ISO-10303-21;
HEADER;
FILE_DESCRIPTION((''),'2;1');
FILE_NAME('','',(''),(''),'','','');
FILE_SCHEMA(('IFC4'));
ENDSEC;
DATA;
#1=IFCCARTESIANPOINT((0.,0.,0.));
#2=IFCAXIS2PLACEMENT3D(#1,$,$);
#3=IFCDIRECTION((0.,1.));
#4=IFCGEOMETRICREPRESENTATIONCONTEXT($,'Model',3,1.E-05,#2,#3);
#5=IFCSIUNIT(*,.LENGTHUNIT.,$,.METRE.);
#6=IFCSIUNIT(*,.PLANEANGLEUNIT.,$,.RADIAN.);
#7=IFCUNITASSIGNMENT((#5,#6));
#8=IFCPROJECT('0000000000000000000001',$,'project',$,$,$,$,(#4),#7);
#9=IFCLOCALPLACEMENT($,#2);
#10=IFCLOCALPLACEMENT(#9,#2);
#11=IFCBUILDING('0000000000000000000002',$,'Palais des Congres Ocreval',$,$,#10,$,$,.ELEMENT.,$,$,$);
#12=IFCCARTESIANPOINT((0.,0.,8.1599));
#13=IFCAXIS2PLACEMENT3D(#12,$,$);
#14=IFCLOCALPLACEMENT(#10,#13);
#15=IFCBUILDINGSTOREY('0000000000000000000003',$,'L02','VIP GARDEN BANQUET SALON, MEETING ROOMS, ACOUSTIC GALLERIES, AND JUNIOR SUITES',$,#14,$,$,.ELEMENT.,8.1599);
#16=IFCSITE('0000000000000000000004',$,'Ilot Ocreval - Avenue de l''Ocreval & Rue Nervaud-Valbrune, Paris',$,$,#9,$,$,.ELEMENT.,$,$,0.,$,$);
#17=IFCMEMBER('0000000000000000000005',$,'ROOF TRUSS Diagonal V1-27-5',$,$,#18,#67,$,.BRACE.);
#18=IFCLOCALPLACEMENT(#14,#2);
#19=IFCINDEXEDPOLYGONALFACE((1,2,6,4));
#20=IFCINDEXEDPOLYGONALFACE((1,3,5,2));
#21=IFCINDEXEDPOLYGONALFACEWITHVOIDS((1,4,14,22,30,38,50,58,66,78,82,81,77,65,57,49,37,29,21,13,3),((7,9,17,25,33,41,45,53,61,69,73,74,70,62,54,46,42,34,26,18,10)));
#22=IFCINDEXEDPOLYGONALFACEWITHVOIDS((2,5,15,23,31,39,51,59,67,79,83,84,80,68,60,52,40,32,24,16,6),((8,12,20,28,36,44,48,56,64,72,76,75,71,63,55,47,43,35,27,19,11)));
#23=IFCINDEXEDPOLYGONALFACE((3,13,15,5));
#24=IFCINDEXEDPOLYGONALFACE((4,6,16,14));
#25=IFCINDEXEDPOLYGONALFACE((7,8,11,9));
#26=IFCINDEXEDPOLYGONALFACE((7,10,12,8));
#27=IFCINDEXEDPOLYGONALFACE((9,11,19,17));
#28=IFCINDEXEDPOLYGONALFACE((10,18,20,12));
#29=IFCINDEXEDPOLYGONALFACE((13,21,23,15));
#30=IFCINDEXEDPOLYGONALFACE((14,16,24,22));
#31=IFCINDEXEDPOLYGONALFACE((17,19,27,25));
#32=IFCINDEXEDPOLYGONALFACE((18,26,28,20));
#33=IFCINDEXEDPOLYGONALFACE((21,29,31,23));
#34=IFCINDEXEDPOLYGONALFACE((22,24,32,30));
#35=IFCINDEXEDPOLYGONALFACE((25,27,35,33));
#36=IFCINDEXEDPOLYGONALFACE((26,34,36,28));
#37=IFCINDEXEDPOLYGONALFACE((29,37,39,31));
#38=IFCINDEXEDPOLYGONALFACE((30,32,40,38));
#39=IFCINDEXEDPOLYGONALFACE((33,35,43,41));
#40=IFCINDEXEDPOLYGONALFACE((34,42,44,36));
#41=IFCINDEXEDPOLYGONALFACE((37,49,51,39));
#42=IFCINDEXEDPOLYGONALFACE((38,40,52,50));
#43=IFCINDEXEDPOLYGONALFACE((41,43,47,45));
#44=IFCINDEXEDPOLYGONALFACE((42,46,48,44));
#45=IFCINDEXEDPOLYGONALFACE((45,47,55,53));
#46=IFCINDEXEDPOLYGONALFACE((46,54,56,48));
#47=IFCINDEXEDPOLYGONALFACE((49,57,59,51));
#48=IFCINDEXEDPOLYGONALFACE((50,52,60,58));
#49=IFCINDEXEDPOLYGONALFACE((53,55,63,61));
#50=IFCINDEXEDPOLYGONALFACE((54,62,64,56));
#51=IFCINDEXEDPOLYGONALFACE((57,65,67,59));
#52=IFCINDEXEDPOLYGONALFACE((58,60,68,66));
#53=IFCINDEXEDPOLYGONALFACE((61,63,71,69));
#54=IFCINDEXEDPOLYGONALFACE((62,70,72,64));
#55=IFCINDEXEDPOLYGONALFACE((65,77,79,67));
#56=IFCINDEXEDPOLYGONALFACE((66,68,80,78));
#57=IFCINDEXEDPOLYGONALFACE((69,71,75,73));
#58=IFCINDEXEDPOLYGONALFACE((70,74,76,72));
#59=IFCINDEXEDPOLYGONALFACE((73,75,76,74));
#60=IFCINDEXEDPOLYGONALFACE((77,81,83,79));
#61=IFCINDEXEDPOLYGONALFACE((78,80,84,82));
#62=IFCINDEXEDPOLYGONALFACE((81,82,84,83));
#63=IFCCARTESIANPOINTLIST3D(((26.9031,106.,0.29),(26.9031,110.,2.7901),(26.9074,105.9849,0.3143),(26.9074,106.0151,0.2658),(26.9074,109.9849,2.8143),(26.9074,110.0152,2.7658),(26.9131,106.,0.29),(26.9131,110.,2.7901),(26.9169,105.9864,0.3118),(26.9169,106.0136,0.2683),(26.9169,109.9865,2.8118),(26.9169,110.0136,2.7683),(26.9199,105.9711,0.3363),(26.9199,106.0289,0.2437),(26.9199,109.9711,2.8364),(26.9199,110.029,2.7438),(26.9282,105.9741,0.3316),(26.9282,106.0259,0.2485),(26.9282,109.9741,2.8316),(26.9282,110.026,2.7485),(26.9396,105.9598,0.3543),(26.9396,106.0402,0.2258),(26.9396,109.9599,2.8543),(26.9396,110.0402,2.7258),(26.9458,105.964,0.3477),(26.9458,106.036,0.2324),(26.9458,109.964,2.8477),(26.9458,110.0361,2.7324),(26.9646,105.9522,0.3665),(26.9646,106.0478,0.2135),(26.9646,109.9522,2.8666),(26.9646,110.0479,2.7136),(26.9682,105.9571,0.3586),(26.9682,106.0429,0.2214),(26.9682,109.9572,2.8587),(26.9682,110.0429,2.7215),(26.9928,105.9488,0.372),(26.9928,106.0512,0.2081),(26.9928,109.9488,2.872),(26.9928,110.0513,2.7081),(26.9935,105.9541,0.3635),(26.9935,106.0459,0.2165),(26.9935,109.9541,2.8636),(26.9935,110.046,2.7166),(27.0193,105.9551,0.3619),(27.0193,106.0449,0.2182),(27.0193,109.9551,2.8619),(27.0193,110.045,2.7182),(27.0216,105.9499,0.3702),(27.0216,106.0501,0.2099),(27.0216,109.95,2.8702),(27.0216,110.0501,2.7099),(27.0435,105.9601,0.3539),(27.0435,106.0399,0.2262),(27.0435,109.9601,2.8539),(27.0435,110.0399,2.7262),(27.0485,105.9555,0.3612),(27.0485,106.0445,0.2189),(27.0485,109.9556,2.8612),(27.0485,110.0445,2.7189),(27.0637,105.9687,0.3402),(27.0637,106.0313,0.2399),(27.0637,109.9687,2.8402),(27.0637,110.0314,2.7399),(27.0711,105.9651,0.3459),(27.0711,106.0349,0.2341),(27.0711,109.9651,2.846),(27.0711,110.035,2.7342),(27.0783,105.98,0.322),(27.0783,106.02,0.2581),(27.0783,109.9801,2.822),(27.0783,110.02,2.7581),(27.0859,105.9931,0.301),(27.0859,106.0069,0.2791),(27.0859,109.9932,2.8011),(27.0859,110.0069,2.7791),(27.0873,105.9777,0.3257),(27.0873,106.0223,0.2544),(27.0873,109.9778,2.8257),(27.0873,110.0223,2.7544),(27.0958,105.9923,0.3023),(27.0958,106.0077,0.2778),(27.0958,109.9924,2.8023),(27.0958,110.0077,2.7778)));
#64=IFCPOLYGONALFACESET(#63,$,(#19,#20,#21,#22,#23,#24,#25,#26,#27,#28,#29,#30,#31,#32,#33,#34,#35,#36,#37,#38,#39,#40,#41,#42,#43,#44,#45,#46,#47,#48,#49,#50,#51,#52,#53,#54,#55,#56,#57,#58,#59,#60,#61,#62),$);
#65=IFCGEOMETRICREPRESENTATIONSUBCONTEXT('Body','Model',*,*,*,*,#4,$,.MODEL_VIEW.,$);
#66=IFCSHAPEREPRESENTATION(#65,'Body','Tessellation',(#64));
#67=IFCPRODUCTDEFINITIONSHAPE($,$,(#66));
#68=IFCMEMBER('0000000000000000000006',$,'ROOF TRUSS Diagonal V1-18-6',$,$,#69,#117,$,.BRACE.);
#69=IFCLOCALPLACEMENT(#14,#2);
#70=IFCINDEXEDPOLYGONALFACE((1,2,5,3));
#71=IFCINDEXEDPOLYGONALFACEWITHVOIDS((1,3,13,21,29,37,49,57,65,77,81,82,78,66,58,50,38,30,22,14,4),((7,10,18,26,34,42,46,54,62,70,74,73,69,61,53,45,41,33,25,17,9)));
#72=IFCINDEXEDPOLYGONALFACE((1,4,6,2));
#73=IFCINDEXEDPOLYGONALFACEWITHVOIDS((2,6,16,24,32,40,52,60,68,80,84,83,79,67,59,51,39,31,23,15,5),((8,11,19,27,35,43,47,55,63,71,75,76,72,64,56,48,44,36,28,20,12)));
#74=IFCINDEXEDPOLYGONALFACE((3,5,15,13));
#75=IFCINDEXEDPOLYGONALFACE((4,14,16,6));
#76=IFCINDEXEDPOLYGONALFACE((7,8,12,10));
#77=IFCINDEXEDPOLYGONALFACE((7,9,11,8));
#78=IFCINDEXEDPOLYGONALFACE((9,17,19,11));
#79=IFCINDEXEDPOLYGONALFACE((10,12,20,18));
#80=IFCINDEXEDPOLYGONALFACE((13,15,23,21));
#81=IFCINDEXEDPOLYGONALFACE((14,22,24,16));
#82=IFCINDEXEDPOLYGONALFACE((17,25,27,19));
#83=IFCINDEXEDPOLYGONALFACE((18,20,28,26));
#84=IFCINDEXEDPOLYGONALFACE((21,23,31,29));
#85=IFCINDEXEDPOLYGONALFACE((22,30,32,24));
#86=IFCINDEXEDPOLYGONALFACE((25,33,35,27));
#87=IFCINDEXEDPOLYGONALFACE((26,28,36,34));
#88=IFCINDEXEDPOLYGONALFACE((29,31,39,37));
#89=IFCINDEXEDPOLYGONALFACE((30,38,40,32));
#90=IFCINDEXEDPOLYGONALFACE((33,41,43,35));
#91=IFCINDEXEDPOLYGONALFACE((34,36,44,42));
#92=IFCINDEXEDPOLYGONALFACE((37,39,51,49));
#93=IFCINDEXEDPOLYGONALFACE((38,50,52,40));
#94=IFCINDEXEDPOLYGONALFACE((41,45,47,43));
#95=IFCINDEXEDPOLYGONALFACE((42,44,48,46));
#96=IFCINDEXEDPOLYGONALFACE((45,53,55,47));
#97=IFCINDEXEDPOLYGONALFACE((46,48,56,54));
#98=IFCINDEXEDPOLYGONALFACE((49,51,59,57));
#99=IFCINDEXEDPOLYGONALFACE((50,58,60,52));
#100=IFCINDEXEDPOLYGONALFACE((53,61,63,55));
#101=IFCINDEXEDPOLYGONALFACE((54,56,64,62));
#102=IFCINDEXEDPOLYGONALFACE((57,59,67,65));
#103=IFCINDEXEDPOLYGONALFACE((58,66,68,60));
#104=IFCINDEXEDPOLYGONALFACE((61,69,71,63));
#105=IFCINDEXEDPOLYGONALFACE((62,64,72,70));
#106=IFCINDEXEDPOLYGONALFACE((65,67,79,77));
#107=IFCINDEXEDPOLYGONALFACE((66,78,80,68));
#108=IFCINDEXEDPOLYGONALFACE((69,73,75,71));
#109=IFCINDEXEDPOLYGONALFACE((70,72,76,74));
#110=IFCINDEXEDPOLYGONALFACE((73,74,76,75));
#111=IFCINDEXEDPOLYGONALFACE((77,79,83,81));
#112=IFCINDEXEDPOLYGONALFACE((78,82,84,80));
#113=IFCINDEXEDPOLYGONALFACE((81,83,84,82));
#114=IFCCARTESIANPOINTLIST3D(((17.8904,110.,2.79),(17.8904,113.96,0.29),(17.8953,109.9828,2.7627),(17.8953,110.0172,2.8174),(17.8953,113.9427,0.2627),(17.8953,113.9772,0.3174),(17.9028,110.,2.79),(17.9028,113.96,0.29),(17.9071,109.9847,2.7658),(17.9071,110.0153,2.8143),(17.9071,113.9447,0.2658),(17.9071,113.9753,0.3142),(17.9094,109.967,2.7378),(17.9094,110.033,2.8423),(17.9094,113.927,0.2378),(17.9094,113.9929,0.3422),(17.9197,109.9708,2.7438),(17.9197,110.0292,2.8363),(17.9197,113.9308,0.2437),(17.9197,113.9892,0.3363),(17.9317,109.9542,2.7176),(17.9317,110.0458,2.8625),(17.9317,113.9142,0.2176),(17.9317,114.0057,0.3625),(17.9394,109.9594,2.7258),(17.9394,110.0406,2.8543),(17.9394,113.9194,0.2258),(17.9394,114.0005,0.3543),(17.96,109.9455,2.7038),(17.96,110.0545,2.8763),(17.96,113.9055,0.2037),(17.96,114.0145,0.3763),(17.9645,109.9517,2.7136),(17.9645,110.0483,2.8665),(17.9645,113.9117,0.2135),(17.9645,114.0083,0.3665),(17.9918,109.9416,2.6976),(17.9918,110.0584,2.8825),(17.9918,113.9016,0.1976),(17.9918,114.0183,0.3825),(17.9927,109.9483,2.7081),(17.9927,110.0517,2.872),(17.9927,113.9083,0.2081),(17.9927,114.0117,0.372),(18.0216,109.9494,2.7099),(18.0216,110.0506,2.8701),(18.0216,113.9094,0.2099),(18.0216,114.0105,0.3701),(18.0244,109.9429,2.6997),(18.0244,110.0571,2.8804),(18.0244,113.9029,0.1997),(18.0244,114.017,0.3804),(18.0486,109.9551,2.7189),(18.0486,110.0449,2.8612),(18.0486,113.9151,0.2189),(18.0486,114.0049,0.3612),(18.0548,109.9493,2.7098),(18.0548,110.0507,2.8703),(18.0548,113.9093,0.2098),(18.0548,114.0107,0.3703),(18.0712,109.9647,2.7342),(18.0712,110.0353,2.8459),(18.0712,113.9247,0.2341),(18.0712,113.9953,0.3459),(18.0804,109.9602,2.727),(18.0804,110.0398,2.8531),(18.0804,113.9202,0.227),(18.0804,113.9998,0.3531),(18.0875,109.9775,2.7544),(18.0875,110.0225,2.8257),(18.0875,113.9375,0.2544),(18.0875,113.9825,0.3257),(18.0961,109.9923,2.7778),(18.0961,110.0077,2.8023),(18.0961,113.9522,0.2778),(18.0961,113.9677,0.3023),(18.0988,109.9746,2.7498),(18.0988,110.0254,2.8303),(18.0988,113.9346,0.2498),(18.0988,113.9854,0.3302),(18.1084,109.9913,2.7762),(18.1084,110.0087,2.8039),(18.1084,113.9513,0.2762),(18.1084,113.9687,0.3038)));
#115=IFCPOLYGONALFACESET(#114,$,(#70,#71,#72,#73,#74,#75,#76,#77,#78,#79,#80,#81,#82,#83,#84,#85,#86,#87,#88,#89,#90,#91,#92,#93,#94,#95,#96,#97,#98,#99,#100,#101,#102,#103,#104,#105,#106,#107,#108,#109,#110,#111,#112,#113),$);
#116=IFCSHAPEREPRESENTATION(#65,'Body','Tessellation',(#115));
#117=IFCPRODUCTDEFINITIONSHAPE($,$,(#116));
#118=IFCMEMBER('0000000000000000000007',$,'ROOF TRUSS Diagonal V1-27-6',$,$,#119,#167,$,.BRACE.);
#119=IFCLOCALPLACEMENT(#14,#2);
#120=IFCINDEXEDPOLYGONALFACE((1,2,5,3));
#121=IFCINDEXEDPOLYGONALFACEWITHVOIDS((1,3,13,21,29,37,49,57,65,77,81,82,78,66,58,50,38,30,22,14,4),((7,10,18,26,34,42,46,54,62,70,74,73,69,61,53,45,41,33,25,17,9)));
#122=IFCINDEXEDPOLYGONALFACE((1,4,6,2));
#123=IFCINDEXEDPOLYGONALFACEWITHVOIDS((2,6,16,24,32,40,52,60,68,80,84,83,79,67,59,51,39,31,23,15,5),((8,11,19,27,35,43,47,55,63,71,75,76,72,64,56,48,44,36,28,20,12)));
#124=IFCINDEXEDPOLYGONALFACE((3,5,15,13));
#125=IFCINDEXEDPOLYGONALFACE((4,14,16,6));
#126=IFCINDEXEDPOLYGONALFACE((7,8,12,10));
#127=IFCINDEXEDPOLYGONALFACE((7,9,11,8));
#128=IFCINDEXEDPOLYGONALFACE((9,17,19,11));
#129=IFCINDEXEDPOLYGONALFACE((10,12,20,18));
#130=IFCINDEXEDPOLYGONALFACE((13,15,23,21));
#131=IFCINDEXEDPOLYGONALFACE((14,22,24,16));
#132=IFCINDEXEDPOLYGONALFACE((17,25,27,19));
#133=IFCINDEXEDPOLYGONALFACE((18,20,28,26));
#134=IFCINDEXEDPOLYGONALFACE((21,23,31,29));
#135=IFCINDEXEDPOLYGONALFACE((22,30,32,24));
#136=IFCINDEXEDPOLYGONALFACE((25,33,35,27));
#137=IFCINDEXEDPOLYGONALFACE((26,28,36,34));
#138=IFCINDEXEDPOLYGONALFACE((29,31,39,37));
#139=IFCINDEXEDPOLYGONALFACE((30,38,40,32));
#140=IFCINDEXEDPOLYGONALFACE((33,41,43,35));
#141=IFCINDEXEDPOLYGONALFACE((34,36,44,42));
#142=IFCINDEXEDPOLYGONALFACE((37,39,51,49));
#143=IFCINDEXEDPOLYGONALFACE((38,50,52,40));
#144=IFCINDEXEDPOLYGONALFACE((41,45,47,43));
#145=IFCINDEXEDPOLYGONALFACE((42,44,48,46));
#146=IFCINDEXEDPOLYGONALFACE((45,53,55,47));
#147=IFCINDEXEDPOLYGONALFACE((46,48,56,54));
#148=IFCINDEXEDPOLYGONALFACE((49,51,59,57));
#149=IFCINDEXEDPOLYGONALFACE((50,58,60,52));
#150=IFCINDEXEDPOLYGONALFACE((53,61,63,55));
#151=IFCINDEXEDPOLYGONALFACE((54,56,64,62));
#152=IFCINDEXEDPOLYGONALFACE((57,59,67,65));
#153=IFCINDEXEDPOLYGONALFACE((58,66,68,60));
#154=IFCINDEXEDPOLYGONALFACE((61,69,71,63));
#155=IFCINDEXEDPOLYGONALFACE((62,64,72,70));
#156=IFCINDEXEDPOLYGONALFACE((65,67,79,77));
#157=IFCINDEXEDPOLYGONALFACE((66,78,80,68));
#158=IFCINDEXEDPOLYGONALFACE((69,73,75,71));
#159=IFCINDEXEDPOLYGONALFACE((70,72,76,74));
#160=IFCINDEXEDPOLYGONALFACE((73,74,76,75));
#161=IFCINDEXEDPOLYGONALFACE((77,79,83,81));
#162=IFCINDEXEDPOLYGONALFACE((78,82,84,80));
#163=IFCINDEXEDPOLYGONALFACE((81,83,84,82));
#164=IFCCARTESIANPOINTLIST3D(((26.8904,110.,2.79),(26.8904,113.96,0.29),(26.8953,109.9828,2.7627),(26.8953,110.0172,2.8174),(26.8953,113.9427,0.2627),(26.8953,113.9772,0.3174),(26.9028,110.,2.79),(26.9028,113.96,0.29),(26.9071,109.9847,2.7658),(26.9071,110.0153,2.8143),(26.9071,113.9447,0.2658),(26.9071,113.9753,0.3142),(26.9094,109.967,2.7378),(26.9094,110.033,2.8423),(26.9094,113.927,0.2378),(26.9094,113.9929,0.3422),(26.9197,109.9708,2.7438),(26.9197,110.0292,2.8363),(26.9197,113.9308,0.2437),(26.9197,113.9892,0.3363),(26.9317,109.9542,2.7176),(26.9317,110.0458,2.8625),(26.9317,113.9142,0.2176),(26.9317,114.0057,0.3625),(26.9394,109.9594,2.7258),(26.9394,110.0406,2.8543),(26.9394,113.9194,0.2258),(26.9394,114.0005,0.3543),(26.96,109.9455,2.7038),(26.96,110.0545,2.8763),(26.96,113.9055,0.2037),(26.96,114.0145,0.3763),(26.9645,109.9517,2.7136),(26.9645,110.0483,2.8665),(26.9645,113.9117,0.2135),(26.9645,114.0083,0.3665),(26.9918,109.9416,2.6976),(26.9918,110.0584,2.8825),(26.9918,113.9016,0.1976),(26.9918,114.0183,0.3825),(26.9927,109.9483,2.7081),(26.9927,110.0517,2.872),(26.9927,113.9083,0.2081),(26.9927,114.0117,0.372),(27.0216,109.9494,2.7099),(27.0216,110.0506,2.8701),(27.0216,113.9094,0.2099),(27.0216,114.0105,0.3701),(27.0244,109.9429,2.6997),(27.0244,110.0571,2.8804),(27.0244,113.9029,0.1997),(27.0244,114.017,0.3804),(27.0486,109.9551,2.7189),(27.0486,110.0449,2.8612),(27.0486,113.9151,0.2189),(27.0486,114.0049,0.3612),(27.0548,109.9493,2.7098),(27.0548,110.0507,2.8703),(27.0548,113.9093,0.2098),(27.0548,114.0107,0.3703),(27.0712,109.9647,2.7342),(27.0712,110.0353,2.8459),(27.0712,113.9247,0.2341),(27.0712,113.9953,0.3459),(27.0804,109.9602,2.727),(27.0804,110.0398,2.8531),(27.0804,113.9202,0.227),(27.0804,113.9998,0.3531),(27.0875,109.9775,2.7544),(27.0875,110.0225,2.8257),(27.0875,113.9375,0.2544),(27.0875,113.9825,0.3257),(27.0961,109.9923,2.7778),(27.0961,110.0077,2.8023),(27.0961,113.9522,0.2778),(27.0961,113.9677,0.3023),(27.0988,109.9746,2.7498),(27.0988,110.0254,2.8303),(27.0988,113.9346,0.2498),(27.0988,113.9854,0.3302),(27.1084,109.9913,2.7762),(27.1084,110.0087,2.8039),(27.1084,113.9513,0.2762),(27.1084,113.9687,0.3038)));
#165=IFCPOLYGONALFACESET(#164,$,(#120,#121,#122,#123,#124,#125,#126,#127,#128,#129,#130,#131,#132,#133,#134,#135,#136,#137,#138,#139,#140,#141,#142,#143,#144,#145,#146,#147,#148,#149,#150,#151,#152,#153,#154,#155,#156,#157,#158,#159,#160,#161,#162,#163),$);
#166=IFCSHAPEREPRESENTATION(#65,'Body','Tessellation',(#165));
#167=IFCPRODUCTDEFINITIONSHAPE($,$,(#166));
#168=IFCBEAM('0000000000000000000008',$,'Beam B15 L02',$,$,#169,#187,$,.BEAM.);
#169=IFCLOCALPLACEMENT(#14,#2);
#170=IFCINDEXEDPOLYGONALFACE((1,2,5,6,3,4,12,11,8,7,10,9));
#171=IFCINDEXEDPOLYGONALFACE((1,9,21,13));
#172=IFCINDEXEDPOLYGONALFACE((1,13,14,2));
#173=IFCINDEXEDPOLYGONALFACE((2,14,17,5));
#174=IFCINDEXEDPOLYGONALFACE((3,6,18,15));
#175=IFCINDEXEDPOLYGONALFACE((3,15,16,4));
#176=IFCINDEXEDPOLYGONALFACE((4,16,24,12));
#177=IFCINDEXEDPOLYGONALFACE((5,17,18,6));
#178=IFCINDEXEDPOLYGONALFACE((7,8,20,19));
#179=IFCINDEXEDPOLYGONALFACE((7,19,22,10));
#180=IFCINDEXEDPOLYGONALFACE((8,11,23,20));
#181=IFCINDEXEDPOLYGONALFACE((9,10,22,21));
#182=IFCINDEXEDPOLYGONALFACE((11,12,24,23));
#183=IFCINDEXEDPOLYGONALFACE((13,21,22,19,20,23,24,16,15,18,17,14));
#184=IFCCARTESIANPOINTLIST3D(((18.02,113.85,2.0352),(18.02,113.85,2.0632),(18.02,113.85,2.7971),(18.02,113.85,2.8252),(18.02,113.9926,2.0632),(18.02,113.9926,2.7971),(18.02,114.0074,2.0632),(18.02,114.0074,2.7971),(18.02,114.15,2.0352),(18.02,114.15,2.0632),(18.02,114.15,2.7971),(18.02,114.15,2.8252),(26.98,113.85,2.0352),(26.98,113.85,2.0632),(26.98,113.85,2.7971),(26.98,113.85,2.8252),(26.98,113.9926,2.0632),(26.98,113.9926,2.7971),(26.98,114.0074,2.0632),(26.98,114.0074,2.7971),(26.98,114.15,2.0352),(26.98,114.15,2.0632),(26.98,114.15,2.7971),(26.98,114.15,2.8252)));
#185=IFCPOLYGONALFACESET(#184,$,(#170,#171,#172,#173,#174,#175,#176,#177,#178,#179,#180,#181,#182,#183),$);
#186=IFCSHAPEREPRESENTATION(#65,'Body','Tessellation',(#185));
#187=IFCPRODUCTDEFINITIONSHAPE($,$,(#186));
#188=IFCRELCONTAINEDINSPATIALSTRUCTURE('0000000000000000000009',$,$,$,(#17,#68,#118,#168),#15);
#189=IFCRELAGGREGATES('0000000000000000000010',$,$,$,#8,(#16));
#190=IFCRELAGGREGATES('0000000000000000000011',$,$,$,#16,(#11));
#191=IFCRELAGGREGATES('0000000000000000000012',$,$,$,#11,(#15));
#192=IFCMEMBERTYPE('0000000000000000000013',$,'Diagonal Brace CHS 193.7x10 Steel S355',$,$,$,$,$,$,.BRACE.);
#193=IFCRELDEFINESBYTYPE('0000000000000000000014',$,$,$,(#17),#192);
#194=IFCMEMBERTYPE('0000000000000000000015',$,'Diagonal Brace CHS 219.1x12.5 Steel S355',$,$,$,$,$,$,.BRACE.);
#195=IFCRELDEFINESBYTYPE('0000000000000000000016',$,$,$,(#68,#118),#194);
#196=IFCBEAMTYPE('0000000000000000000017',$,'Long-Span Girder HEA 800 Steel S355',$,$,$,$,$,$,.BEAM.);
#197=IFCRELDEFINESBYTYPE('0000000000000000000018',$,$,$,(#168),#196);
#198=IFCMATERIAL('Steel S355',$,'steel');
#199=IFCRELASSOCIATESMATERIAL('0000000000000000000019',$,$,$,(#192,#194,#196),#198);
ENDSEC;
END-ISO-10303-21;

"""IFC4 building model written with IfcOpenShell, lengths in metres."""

from ifc_helpers import new_model, si_unit, direction, frame, origin, origin_2d, place, context, subcontext, project, spatial, hollow_circle, i_section, extrude, material, material_profile, profile_set, type_object, element, save


model = new_model("IFC4")

# Units and contexts
model_context = context("Model", 3, precision=1e-05, world=origin(), true_north=direction((0.0, 1.0)))
body_context = subcontext(model_context, "Body", "Model", "MODEL_VIEW")
ifc_project = project(units=[si_unit("LENGTHUNIT", "METRE"), si_unit("PLANEANGLEUNIT", "RADIAN")], contexts=[model_context])

# Site, building, storey
site_placement = place(None, origin())
site = spatial("IfcSite", under=ifc_project, at=site_placement, Name="Ilot Ocreval - Avenue de l'Ocreval & Rue Nervaud-Valbrune, Paris", CompositionType="ELEMENT", RefElevation=0.0)
building_placement = place(site_placement, origin())
building = spatial("IfcBuilding", under=site, at=building_placement, Name="Palais des Congres Ocreval", CompositionType="ELEMENT")
storey_placement = place(building_placement, frame((0.0, 0.0, 8.1599)))
storey = spatial("IfcBuildingStorey", under=building, at=storey_placement, Name="L02", Description="VIP GARDEN BANQUET SALON, MEETING ROOMS, ACOUSTIC GALLERIES, AND JUNIOR SUITES", CompositionType="ELEMENT", Elevation=8.1599)

# Shared definitions
ifc_material_1 = material(Name="Steel S355", Category="steel")

# Members
ifc_material_profile_1 = material_profile(ifc_material_1, hollow_circle(Radius=0.0969, WallThickness=0.01, at=origin_2d()), Name="CHS 193.7x10")
ifc_profile_set_1 = profile_set([ifc_material_profile_1], Name="Steel S355")
member_type_1 = type_object("IfcMemberType", Name="Diagonal Brace CHS 193.7x10 Steel S355", PredefinedType="BRACE", material=ifc_profile_set_1)
for number, where, z_axis, x_axis, name in (
    (1, (27.0, 106.0, 0.29), (0.0, 0.847998, 0.529999), (-1.0, 0.0, 0.0), "ROOF TRUSS Diagonal V1-27-5"),
):
    element("IfcMember", number, at=place(storey_placement, frame(where, z_axis=z_axis, x_axis=x_axis)), inside=storey, type_object=member_type_1, Name=name, PredefinedType="BRACE", context=body_context, shape_type="SweptSolid", body=[
        extrude(hollow_circle(Radius=0.0969, WallThickness=0.01, at=origin_2d()), origin(), (0.0, 0.0, 1.0), 4.717),
    ])
ifc_material_profile_2 = material_profile(ifc_material_1, hollow_circle(Radius=0.1096, WallThickness=0.0125, at=origin_2d()), Name="CHS 219.1x12.5")
ifc_profile_set_2 = profile_set([ifc_material_profile_2], Name="Steel S355")
member_type_2 = type_object("IfcMemberType", Name="Diagonal Brace CHS 219.1x12.5 Steel S355", PredefinedType="BRACE", material=ifc_profile_set_2)
for number, where, z_axis, x_axis, name in (
    (2, (18.0, 110.0, 2.79), (0.0, 0.845588, -0.533836), (-1.0, 0.0, 0.0), "ROOF TRUSS Diagonal V1-18-6"),
    (3, (27.0, 110.0, 2.79), (0.0, 0.845588, -0.533836), (-1.0, 0.0, 0.0), "ROOF TRUSS Diagonal V1-27-6"),
):
    element("IfcMember", number, at=place(storey_placement, frame(where, z_axis=z_axis, x_axis=x_axis)), inside=storey, type_object=member_type_2, Name=name, PredefinedType="BRACE", context=body_context, shape_type="SweptSolid", body=[
        extrude(hollow_circle(Radius=0.1096, WallThickness=0.0125, at=origin_2d()), origin(), (0.0, 0.0, 1.0), 4.6831),
    ])

# Beam
ifc_material_profile_3 = material_profile(ifc_material_1, i_section(OverallWidth=0.3, OverallDepth=0.79, WebThickness=0.0149, FlangeThickness=0.0281, at=origin_2d()), Name="HEA 800")
ifc_profile_set_3 = profile_set([ifc_material_profile_3], Name="Steel S355")
beam_type_1 = type_object("IfcBeamType", Name="Long-Span Girder HEA 800 Steel S355", PredefinedType="BEAM", material=ifc_profile_set_3)
for number, where, z_axis, x_axis, name in (
    (4, (18.02, 114.0, 2.4302), (1.0, 0.0, 0.0), (0.0, 1.0, 0.0), "Beam B15 L02"),
):
    element("IfcBeam", number, at=place(storey_placement, frame(where, z_axis=z_axis, x_axis=x_axis)), inside=storey, type_object=beam_type_1, Name=name, PredefinedType="BEAM", context=body_context, shape_type="SweptSolid", body=[
        extrude(i_section(OverallWidth=0.3, OverallDepth=0.79, WebThickness=0.0149, FlangeThickness=0.0281, at=origin_2d()), origin(), (0.0, 0.0, 1.0), 8.96),
    ])

save(model, "model.ifc")
